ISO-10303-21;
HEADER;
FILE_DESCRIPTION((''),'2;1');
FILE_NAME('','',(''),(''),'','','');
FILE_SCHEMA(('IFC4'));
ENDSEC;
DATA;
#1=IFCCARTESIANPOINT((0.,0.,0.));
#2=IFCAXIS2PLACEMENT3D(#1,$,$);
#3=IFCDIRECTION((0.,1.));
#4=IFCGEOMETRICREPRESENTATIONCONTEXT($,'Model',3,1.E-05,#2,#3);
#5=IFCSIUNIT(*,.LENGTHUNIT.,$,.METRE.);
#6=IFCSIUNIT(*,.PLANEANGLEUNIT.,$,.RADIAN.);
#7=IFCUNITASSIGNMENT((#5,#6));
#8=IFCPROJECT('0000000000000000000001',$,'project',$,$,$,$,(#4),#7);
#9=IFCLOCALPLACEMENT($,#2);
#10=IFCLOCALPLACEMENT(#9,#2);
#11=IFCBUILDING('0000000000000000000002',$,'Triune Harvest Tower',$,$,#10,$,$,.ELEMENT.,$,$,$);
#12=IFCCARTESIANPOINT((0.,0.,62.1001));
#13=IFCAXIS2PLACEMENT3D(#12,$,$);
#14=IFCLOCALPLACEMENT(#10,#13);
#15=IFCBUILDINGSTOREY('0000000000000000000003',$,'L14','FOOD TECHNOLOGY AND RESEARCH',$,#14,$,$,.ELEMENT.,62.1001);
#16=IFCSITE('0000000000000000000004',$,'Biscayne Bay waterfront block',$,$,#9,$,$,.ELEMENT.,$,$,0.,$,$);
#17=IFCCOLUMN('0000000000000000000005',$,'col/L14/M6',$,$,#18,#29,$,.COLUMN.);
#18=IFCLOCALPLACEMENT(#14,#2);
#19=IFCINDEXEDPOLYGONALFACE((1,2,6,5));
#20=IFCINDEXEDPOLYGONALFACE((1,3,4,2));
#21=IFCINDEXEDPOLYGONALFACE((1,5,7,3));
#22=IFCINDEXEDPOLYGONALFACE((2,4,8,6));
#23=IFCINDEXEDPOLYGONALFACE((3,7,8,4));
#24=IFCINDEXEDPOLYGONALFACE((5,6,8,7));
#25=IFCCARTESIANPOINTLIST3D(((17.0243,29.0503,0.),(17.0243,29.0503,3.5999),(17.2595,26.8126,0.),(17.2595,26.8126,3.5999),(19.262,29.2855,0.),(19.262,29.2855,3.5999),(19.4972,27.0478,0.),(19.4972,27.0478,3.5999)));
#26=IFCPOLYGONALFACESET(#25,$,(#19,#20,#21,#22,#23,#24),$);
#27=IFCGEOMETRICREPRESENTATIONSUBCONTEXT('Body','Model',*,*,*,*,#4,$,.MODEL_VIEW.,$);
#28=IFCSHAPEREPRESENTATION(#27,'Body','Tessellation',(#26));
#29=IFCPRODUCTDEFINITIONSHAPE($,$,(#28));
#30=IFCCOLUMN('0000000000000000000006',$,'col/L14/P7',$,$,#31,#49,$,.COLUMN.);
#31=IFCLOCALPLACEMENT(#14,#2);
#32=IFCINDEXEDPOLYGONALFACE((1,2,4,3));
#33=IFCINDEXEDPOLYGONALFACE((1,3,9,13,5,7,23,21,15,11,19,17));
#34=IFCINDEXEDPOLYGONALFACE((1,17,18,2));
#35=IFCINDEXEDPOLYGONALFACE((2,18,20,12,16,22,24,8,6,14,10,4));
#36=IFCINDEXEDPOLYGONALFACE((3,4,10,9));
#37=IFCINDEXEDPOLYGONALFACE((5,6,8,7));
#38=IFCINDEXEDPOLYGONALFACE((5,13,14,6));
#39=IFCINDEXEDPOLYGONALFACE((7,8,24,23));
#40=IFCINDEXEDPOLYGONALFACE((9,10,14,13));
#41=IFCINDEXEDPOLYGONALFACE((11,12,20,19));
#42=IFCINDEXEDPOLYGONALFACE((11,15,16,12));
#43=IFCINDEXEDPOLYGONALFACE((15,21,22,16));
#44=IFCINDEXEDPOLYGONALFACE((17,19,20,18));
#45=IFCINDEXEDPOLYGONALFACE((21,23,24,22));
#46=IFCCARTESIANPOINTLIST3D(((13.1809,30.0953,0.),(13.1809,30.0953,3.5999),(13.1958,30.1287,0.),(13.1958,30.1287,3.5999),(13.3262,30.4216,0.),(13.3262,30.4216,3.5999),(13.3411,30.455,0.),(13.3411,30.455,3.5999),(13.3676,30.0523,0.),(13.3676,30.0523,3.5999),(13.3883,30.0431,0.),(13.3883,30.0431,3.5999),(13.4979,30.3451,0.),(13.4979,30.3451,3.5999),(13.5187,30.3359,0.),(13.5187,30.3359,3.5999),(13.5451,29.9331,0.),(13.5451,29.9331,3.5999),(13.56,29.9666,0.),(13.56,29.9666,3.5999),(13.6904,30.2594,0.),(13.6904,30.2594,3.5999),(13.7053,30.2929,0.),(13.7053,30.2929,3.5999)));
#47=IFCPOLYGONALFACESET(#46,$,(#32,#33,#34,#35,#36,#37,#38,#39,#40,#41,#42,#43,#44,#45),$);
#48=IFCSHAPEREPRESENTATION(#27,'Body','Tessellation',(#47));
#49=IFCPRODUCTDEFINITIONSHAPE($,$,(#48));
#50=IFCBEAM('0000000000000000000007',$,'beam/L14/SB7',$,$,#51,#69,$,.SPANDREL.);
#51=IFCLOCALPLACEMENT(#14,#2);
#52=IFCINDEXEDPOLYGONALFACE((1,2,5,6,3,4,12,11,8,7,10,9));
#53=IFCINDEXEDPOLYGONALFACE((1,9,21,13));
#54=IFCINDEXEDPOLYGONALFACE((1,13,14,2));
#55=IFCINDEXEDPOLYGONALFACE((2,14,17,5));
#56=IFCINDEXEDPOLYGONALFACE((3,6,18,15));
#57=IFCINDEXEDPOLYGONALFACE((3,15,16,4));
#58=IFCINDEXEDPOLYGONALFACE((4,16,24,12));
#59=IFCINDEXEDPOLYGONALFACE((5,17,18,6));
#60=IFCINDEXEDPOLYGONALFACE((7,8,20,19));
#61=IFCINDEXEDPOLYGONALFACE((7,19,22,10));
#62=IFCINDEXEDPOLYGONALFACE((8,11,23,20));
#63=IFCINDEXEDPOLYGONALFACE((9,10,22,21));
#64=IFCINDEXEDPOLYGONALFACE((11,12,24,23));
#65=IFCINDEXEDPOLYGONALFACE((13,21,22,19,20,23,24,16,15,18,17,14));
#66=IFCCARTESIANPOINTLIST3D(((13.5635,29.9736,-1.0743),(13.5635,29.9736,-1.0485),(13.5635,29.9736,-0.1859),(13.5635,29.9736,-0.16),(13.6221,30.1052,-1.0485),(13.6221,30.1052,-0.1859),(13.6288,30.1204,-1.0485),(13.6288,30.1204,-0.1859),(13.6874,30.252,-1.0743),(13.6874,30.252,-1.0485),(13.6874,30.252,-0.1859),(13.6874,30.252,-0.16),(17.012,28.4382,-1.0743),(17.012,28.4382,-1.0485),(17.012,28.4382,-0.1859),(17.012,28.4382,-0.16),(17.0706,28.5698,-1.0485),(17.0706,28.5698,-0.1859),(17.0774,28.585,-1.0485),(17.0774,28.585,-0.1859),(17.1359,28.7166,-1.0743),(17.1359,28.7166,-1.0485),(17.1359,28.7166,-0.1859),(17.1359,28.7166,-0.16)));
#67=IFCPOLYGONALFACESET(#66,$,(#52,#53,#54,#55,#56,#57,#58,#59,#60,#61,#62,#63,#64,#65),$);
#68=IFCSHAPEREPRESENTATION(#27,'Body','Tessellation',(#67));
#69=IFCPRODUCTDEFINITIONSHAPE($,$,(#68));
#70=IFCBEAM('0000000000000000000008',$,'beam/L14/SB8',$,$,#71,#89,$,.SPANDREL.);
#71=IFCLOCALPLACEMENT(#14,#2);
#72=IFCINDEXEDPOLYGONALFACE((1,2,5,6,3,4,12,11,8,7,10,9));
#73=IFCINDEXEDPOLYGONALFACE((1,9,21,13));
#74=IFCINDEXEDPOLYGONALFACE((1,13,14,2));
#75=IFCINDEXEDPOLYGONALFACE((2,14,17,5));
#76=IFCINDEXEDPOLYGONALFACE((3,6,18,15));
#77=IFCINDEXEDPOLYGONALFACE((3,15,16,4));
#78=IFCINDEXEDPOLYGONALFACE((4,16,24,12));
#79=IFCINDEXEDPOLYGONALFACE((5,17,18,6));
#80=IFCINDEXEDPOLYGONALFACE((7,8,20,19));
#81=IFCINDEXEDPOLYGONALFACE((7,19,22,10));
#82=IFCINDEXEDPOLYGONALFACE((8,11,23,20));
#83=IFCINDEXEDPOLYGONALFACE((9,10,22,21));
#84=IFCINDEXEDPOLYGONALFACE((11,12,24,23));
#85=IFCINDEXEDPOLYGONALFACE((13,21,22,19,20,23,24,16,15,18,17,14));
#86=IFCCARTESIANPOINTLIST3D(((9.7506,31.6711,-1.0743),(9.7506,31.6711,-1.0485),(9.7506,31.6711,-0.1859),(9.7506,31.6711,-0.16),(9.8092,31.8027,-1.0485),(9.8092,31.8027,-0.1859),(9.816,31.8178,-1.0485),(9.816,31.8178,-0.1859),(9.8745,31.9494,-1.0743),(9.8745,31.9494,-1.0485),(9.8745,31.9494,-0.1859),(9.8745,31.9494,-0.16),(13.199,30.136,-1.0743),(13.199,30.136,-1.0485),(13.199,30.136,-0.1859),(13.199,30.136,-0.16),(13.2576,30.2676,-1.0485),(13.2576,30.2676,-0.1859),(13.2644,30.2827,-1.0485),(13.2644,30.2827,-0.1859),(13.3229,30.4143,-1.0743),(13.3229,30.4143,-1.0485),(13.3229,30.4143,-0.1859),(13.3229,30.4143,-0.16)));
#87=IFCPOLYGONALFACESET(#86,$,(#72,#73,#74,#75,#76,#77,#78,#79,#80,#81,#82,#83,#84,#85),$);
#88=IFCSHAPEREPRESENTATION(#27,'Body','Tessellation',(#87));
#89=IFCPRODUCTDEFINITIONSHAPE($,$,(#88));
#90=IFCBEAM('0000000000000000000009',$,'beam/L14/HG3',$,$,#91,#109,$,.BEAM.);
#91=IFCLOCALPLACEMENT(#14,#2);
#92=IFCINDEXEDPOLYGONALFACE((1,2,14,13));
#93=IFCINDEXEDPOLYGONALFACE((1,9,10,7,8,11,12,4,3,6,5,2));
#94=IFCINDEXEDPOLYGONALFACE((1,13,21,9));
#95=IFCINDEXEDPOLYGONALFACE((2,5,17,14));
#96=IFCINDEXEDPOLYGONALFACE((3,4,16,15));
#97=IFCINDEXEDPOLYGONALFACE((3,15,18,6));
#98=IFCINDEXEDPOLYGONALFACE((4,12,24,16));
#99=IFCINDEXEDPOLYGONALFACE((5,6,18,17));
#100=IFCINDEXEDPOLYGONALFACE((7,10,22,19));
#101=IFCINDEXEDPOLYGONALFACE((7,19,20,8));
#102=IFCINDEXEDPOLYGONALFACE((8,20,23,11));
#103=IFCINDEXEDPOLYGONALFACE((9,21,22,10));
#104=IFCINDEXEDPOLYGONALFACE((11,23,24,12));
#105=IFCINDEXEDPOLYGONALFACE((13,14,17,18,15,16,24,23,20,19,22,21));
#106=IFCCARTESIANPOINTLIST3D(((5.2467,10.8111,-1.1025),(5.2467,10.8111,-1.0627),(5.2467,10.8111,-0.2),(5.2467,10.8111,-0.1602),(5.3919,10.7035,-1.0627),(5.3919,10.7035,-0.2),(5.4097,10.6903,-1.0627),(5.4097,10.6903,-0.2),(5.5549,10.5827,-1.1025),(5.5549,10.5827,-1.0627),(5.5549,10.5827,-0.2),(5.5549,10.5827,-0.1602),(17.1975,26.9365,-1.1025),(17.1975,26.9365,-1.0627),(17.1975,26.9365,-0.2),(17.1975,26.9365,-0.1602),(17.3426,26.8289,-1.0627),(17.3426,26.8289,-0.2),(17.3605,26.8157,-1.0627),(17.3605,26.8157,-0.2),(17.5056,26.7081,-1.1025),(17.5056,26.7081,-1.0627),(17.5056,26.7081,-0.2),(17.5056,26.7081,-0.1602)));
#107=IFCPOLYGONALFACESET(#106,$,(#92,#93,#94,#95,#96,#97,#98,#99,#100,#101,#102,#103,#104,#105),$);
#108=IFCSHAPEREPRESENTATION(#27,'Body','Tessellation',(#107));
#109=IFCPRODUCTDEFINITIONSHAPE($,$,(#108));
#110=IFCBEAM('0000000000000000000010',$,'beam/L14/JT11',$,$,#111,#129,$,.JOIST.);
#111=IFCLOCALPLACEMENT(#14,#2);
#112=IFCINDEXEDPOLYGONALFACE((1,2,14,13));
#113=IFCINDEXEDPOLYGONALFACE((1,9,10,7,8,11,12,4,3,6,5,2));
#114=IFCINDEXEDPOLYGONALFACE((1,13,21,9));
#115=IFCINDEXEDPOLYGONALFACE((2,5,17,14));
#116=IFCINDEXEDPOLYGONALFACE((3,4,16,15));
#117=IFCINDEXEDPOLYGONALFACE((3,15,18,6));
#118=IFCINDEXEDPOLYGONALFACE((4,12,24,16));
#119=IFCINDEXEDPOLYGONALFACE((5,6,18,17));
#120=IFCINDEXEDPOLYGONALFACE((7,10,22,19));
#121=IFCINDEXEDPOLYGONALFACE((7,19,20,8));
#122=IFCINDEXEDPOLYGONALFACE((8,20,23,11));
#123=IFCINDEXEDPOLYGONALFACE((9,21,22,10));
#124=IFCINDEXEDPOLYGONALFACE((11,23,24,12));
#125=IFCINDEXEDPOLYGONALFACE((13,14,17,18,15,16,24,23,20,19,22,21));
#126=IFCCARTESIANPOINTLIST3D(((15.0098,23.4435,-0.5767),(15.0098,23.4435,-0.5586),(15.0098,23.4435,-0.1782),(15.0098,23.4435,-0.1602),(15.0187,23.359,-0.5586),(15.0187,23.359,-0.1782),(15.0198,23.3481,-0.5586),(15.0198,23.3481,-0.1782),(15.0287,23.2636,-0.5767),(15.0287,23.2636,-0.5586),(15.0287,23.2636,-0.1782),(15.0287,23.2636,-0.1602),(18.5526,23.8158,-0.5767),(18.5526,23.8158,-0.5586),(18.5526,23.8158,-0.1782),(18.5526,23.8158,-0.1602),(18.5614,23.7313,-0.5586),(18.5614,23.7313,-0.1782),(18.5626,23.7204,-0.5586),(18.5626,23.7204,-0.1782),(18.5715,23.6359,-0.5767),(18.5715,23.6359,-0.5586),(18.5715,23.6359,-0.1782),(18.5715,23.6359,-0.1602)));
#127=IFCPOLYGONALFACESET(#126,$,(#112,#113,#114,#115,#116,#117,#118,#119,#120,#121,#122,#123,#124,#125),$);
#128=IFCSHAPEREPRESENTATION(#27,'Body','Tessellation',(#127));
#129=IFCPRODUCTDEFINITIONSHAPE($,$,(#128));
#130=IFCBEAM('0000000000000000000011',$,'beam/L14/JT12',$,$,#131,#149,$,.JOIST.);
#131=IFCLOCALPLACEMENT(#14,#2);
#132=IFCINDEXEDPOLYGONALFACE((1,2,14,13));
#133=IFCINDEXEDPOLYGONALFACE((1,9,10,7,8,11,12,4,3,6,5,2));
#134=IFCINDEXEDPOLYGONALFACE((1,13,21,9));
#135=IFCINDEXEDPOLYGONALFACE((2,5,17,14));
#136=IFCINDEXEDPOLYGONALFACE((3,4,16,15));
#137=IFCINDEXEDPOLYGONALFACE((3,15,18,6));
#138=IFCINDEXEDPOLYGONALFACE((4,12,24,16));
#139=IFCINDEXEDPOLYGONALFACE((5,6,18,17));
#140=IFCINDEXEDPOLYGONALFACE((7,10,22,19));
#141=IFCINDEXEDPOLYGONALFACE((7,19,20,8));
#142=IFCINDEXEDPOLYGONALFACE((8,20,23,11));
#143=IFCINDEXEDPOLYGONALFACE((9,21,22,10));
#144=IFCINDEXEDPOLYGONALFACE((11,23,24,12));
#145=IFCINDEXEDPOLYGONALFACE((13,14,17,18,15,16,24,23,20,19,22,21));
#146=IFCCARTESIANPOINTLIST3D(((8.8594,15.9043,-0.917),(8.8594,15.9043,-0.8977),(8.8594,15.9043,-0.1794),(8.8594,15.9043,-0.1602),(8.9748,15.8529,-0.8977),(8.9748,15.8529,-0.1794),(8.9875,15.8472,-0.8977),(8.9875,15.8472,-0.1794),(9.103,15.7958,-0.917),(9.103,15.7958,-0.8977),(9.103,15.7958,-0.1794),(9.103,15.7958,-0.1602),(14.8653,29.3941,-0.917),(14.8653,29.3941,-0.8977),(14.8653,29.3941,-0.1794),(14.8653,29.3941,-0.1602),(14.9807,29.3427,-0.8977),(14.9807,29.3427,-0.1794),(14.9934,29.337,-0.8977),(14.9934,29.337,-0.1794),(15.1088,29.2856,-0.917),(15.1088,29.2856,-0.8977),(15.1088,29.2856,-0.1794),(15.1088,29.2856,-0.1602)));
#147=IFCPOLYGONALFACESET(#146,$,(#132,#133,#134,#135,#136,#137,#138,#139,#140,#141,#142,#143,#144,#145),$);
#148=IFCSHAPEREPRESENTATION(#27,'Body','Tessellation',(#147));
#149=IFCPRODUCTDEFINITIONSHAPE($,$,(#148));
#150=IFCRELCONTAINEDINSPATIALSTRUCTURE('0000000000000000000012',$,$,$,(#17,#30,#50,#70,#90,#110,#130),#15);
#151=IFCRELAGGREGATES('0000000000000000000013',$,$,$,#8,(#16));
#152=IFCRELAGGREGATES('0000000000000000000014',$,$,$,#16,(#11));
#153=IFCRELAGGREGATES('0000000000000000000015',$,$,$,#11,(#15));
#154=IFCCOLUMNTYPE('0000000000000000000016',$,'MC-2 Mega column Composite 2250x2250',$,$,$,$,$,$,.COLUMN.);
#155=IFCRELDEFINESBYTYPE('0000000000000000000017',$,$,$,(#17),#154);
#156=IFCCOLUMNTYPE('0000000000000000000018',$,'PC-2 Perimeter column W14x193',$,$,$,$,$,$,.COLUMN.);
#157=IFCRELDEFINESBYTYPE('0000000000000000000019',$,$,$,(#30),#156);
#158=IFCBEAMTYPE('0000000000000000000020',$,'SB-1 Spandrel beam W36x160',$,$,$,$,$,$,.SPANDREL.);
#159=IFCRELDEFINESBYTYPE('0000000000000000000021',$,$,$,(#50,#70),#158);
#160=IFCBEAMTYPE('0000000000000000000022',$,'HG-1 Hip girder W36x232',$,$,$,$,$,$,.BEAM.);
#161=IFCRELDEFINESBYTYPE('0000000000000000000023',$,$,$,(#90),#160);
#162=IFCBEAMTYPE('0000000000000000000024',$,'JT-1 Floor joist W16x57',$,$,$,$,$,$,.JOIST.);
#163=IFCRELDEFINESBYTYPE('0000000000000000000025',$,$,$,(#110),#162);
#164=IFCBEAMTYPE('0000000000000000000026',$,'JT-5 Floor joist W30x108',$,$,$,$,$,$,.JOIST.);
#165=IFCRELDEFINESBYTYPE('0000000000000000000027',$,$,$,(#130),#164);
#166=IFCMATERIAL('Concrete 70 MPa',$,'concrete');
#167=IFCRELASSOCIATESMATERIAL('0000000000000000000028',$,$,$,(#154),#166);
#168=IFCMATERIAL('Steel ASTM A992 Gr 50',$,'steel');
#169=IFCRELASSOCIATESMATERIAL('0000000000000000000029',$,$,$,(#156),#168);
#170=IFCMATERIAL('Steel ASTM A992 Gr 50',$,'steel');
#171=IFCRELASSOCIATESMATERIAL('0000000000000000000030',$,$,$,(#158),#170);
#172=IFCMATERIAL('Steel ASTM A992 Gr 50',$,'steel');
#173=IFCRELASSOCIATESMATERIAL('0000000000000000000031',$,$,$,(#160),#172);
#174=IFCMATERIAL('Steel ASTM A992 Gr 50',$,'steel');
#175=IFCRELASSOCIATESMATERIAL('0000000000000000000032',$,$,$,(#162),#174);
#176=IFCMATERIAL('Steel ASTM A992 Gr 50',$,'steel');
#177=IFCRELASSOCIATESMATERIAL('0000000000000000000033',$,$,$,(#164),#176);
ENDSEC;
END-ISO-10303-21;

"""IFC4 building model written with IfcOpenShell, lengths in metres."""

from ifc_helpers import new_model, si_unit, direction, frame, origin, origin_2d, place, context, subcontext, project, spatial, rectangle, i_section, extrude, source, transform, mapped, material, material_profile, profile_set, type_object, element, save


model = new_model("IFC4")

# Units and contexts
model_context = context("Model", 3, precision=1e-05, world=origin(), true_north=direction((0.0, 1.0)))
body_context = subcontext(model_context, "Body", "Model", "MODEL_VIEW")
ifc_project = project(units=[si_unit("LENGTHUNIT", "METRE"), si_unit("PLANEANGLEUNIT", "RADIAN")], contexts=[model_context])

# Site, building, storey
site_placement = place(None, origin())
site = spatial("IfcSite", under=ifc_project, at=site_placement, Name="Biscayne Bay waterfront block", CompositionType="ELEMENT", RefElevation=0.0)
building_placement = place(site_placement, origin())
building = spatial("IfcBuilding", under=site, at=building_placement, Name="Triune Harvest Tower", CompositionType="ELEMENT")
storey_placement = place(building_placement, frame((0.0, 0.0, 62.1001)))
storey = spatial("IfcBuildingStorey", under=building, at=storey_placement, Name="L14", Description="FOOD TECHNOLOGY AND RESEARCH", CompositionType="ELEMENT", Elevation=62.1001)

# Columns
ifc_material_1 = material(Name="Concrete 70 MPa", Category="concrete")
ifc_material_profile_1 = material_profile(ifc_material_1, rectangle(XDim=2.25, YDim=2.25, at=origin_2d()), Name="Composite 2250x2250")
ifc_profile_set_1 = profile_set([ifc_material_profile_1], Name="Concrete 70 MPa")
column_type_1 = type_object("IfcColumnType", Name="MC-2 Mega column Composite 2250x2250", PredefinedType="COLUMN", material=ifc_profile_set_1)
shared_shape_1 = source(origin(), body_context, "Body", "SweptSolid", [
    extrude(rectangle(XDim=2.25, YDim=2.25, at=origin_2d()), origin(), (0.0, 0.0, 1.0), 3.5999),
])
column_1_placement = place(storey_placement, frame((18.2607, 28.0491, 0.0), z_axis=(0.0, 0.0, 1.0), x_axis=(-0.104527, 0.994522, 0.0)))
element("IfcColumn", 1, at=column_1_placement, inside=storey, type_object=column_type_1, Name="col/L14/M6", PredefinedType="COLUMN", context=body_context, shape_type="MappedRepresentation", body=[
    mapped(shared_shape_1, transform((0.0, 0.0, 0.0), scale=1.0)),
])
ifc_material_2 = material(Name="Steel ASTM A992 Gr 50", Category="steel")
ifc_material_profile_2 = material_profile(ifc_material_2, i_section(OverallWidth=0.3987, OverallDepth=0.3938, WebThickness=0.0227, FlangeThickness=0.0366, at=origin_2d()), Name="W14x193")
ifc_profile_set_2 = profile_set([ifc_material_profile_2], Name="Steel ASTM A992 Gr 50")
column_type_2 = type_object("IfcColumnType", Name="PC-2 Perimeter column W14x193", PredefinedType="COLUMN", material=ifc_profile_set_2)
shared_shape_2 = source(origin(), body_context, "Body", "SweptSolid", [
    extrude(i_section(OverallWidth=0.3987, OverallDepth=0.3938, WebThickness=0.0227, FlangeThickness=0.0366, at=origin_2d()), origin(), (0.0, 0.0, 1.0), 3.5999),
])
column_2_placement = place(storey_placement, frame((13.4431, 30.1941, 0.0), z_axis=(0.0, 0.0, 1.0), x_axis=(-0.913547, 0.406733, 0.0)))
element("IfcColumn", 2, at=column_2_placement, inside=storey, type_object=column_type_2, Name="col/L14/P7", PredefinedType="COLUMN", context=body_context, shape_type="MappedRepresentation", body=[
    mapped(shared_shape_2, transform((0.0, 0.0, 0.0), scale=1.0)),
])

# Beams
ifc_material_3 = material(Name="Steel ASTM A992 Gr 50", Category="steel")
ifc_material_profile_3 = material_profile(ifc_material_3, i_section(OverallWidth=0.3047, OverallDepth=0.9143, WebThickness=0.0166, FlangeThickness=0.0259, at=origin_2d()), Name="W36x160")
ifc_profile_set_3 = profile_set([ifc_material_profile_3], Name="Steel ASTM A992 Gr 50")
beam_type_1 = type_object("IfcBeamType", Name="SB-1 Spandrel beam W36x160", PredefinedType="SPANDREL", material=ifc_profile_set_3)
shared_shape_3 = source(origin(), body_context, "Body", "SweptSolid", [
    extrude(i_section(OverallWidth=0.3047, OverallDepth=0.9143, WebThickness=0.0166, FlangeThickness=0.0259, at=origin_2d()), origin(), (0.0, 0.0, 1.0), 3.7749),
])
beam_1_placement = place(storey_placement, frame((17.074, 28.5774, -0.6172), z_axis=(-0.913542, 0.406744, 0.0), x_axis=(-0.406744, -0.913542, 0.0)))
element("IfcBeam", 3, at=beam_1_placement, inside=storey, type_object=beam_type_1, Name="beam/L14/SB7", PredefinedType="SPANDREL", context=body_context, shape_type="MappedRepresentation", body=[
    mapped(shared_shape_3, transform((0.0, 0.0, 0.0), scale=1.0)),
])
shared_shape_4 = source(origin(), body_context, "Body", "SweptSolid", [
    extrude(i_section(OverallWidth=0.3047, OverallDepth=0.9143, WebThickness=0.0166, FlangeThickness=0.0259, at=origin_2d()), origin(), (0.0, 0.0, 1.0), 3.7747),
])
beam_2_placement = place(storey_placement, frame((13.261, 30.2751, -0.6172), z_axis=(-0.913566, 0.40669, 0.0), x_axis=(-0.40669, -0.913566, 0.0)))
element("IfcBeam", 4, at=beam_2_placement, inside=storey, type_object=beam_type_1, Name="beam/L14/SB8", PredefinedType="SPANDREL", context=body_context, shape_type="MappedRepresentation", body=[
    mapped(shared_shape_4, transform((0.0, 0.0, 0.0), scale=1.0)),
])
ifc_material_4 = material(Name="Steel ASTM A992 Gr 50", Category="steel")
ifc_material_profile_4 = material_profile(ifc_material_4, i_section(OverallWidth=0.3835, OverallDepth=0.9424, WebThickness=0.0222, FlangeThickness=0.0398, at=origin_2d()), Name="W36x232")
ifc_profile_set_4 = profile_set([ifc_material_profile_4], Name="Steel ASTM A992 Gr 50")
beam_type_2 = type_object("IfcBeamType", Name="HG-1 Hip girder W36x232", PredefinedType="BEAM", material=ifc_profile_set_4)
shared_shape_5 = source(origin(), body_context, "Body", "SweptSolid", [
    extrude(i_section(OverallWidth=0.3835, OverallDepth=0.9424, WebThickness=0.0222, FlangeThickness=0.0398, at=origin_2d()), origin(), (0.0, 0.0, 1.0), 20.071),
])
beam_3_placement = place(storey_placement, frame((17.3516, 26.8223, -0.6313), z_axis=(-0.595422, -0.803413, 0.0), x_axis=(0.803413, -0.595422, 0.0)))
element("IfcBeam", 5, at=beam_3_placement, inside=storey, type_object=beam_type_2, Name="beam/L14/HG3", PredefinedType="BEAM", context=body_context, shape_type="MappedRepresentation", body=[
    mapped(shared_shape_5, transform((0.0, 0.0, 0.0), scale=1.0)),
])
ifc_material_5 = material(Name="Steel ASTM A992 Gr 50", Category="steel")
ifc_material_profile_5 = material_profile(ifc_material_5, i_section(OverallWidth=0.1809, OverallDepth=0.4165, WebThickness=0.011, FlangeThickness=0.0181, at=origin_2d()), Name="W16x57")
ifc_profile_set_5 = profile_set([ifc_material_profile_5], Name="Steel ASTM A992 Gr 50")
beam_type_3 = type_object("IfcBeamType", Name="JT-1 Floor joist W16x57", PredefinedType="JOIST", material=ifc_profile_set_5)
shared_shape_6 = source(origin(), body_context, "Body", "SweptSolid", [
    extrude(i_section(OverallWidth=0.1809, OverallDepth=0.4165, WebThickness=0.011, FlangeThickness=0.0181, at=origin_2d()), origin(), (0.0, 0.0, 1.0), 3.5623),
])
beam_4_placement = place(storey_placement, frame((18.562, 23.7258, -0.3684), z_axis=(-0.994523, -0.104517, 0.0), x_axis=(0.104517, -0.994523, 0.0)))
element("IfcBeam", 6, at=beam_4_placement, inside=storey, type_object=beam_type_3, Name="beam/L14/JT11", PredefinedType="JOIST", context=body_context, shape_type="MappedRepresentation", body=[
    mapped(shared_shape_6, transform((0.0, 0.0, 0.0), scale=1.0)),
])
ifc_material_6 = material(Name="Steel ASTM A992 Gr 50", Category="steel")
ifc_material_profile_6 = material_profile(ifc_material_6, i_section(OverallWidth=0.2666, OverallDepth=0.7568, WebThickness=0.0139, FlangeThickness=0.0193, at=origin_2d()), Name="W30x108")
ifc_profile_set_6 = profile_set([ifc_material_profile_6], Name="Steel ASTM A992 Gr 50")
beam_type_4 = type_object("IfcBeamType", Name="JT-5 Floor joist W30x108", PredefinedType="JOIST", material=ifc_profile_set_6)
shared_shape_7 = source(origin(), body_context, "Body", "SweptSolid", [
    extrude(i_section(OverallWidth=0.2666, OverallDepth=0.7568, WebThickness=0.0139, FlangeThickness=0.0193, at=origin_2d()), origin(), (0.0, 0.0, 1.0), 14.7664),
])
beam_5_placement = place(storey_placement, frame((14.9871, 29.3398, -0.5386), z_axis=(-0.406727, -0.91355, 0.0), x_axis=(0.91355, -0.406727, 0.0)))
element("IfcBeam", 7, at=beam_5_placement, inside=storey, type_object=beam_type_4, Name="beam/L14/JT12", PredefinedType="JOIST", context=body_context, shape_type="MappedRepresentation", body=[
    mapped(shared_shape_7, transform((0.0, 0.0, 0.0), scale=1.0)),
])

save(model, "model.ifc")
